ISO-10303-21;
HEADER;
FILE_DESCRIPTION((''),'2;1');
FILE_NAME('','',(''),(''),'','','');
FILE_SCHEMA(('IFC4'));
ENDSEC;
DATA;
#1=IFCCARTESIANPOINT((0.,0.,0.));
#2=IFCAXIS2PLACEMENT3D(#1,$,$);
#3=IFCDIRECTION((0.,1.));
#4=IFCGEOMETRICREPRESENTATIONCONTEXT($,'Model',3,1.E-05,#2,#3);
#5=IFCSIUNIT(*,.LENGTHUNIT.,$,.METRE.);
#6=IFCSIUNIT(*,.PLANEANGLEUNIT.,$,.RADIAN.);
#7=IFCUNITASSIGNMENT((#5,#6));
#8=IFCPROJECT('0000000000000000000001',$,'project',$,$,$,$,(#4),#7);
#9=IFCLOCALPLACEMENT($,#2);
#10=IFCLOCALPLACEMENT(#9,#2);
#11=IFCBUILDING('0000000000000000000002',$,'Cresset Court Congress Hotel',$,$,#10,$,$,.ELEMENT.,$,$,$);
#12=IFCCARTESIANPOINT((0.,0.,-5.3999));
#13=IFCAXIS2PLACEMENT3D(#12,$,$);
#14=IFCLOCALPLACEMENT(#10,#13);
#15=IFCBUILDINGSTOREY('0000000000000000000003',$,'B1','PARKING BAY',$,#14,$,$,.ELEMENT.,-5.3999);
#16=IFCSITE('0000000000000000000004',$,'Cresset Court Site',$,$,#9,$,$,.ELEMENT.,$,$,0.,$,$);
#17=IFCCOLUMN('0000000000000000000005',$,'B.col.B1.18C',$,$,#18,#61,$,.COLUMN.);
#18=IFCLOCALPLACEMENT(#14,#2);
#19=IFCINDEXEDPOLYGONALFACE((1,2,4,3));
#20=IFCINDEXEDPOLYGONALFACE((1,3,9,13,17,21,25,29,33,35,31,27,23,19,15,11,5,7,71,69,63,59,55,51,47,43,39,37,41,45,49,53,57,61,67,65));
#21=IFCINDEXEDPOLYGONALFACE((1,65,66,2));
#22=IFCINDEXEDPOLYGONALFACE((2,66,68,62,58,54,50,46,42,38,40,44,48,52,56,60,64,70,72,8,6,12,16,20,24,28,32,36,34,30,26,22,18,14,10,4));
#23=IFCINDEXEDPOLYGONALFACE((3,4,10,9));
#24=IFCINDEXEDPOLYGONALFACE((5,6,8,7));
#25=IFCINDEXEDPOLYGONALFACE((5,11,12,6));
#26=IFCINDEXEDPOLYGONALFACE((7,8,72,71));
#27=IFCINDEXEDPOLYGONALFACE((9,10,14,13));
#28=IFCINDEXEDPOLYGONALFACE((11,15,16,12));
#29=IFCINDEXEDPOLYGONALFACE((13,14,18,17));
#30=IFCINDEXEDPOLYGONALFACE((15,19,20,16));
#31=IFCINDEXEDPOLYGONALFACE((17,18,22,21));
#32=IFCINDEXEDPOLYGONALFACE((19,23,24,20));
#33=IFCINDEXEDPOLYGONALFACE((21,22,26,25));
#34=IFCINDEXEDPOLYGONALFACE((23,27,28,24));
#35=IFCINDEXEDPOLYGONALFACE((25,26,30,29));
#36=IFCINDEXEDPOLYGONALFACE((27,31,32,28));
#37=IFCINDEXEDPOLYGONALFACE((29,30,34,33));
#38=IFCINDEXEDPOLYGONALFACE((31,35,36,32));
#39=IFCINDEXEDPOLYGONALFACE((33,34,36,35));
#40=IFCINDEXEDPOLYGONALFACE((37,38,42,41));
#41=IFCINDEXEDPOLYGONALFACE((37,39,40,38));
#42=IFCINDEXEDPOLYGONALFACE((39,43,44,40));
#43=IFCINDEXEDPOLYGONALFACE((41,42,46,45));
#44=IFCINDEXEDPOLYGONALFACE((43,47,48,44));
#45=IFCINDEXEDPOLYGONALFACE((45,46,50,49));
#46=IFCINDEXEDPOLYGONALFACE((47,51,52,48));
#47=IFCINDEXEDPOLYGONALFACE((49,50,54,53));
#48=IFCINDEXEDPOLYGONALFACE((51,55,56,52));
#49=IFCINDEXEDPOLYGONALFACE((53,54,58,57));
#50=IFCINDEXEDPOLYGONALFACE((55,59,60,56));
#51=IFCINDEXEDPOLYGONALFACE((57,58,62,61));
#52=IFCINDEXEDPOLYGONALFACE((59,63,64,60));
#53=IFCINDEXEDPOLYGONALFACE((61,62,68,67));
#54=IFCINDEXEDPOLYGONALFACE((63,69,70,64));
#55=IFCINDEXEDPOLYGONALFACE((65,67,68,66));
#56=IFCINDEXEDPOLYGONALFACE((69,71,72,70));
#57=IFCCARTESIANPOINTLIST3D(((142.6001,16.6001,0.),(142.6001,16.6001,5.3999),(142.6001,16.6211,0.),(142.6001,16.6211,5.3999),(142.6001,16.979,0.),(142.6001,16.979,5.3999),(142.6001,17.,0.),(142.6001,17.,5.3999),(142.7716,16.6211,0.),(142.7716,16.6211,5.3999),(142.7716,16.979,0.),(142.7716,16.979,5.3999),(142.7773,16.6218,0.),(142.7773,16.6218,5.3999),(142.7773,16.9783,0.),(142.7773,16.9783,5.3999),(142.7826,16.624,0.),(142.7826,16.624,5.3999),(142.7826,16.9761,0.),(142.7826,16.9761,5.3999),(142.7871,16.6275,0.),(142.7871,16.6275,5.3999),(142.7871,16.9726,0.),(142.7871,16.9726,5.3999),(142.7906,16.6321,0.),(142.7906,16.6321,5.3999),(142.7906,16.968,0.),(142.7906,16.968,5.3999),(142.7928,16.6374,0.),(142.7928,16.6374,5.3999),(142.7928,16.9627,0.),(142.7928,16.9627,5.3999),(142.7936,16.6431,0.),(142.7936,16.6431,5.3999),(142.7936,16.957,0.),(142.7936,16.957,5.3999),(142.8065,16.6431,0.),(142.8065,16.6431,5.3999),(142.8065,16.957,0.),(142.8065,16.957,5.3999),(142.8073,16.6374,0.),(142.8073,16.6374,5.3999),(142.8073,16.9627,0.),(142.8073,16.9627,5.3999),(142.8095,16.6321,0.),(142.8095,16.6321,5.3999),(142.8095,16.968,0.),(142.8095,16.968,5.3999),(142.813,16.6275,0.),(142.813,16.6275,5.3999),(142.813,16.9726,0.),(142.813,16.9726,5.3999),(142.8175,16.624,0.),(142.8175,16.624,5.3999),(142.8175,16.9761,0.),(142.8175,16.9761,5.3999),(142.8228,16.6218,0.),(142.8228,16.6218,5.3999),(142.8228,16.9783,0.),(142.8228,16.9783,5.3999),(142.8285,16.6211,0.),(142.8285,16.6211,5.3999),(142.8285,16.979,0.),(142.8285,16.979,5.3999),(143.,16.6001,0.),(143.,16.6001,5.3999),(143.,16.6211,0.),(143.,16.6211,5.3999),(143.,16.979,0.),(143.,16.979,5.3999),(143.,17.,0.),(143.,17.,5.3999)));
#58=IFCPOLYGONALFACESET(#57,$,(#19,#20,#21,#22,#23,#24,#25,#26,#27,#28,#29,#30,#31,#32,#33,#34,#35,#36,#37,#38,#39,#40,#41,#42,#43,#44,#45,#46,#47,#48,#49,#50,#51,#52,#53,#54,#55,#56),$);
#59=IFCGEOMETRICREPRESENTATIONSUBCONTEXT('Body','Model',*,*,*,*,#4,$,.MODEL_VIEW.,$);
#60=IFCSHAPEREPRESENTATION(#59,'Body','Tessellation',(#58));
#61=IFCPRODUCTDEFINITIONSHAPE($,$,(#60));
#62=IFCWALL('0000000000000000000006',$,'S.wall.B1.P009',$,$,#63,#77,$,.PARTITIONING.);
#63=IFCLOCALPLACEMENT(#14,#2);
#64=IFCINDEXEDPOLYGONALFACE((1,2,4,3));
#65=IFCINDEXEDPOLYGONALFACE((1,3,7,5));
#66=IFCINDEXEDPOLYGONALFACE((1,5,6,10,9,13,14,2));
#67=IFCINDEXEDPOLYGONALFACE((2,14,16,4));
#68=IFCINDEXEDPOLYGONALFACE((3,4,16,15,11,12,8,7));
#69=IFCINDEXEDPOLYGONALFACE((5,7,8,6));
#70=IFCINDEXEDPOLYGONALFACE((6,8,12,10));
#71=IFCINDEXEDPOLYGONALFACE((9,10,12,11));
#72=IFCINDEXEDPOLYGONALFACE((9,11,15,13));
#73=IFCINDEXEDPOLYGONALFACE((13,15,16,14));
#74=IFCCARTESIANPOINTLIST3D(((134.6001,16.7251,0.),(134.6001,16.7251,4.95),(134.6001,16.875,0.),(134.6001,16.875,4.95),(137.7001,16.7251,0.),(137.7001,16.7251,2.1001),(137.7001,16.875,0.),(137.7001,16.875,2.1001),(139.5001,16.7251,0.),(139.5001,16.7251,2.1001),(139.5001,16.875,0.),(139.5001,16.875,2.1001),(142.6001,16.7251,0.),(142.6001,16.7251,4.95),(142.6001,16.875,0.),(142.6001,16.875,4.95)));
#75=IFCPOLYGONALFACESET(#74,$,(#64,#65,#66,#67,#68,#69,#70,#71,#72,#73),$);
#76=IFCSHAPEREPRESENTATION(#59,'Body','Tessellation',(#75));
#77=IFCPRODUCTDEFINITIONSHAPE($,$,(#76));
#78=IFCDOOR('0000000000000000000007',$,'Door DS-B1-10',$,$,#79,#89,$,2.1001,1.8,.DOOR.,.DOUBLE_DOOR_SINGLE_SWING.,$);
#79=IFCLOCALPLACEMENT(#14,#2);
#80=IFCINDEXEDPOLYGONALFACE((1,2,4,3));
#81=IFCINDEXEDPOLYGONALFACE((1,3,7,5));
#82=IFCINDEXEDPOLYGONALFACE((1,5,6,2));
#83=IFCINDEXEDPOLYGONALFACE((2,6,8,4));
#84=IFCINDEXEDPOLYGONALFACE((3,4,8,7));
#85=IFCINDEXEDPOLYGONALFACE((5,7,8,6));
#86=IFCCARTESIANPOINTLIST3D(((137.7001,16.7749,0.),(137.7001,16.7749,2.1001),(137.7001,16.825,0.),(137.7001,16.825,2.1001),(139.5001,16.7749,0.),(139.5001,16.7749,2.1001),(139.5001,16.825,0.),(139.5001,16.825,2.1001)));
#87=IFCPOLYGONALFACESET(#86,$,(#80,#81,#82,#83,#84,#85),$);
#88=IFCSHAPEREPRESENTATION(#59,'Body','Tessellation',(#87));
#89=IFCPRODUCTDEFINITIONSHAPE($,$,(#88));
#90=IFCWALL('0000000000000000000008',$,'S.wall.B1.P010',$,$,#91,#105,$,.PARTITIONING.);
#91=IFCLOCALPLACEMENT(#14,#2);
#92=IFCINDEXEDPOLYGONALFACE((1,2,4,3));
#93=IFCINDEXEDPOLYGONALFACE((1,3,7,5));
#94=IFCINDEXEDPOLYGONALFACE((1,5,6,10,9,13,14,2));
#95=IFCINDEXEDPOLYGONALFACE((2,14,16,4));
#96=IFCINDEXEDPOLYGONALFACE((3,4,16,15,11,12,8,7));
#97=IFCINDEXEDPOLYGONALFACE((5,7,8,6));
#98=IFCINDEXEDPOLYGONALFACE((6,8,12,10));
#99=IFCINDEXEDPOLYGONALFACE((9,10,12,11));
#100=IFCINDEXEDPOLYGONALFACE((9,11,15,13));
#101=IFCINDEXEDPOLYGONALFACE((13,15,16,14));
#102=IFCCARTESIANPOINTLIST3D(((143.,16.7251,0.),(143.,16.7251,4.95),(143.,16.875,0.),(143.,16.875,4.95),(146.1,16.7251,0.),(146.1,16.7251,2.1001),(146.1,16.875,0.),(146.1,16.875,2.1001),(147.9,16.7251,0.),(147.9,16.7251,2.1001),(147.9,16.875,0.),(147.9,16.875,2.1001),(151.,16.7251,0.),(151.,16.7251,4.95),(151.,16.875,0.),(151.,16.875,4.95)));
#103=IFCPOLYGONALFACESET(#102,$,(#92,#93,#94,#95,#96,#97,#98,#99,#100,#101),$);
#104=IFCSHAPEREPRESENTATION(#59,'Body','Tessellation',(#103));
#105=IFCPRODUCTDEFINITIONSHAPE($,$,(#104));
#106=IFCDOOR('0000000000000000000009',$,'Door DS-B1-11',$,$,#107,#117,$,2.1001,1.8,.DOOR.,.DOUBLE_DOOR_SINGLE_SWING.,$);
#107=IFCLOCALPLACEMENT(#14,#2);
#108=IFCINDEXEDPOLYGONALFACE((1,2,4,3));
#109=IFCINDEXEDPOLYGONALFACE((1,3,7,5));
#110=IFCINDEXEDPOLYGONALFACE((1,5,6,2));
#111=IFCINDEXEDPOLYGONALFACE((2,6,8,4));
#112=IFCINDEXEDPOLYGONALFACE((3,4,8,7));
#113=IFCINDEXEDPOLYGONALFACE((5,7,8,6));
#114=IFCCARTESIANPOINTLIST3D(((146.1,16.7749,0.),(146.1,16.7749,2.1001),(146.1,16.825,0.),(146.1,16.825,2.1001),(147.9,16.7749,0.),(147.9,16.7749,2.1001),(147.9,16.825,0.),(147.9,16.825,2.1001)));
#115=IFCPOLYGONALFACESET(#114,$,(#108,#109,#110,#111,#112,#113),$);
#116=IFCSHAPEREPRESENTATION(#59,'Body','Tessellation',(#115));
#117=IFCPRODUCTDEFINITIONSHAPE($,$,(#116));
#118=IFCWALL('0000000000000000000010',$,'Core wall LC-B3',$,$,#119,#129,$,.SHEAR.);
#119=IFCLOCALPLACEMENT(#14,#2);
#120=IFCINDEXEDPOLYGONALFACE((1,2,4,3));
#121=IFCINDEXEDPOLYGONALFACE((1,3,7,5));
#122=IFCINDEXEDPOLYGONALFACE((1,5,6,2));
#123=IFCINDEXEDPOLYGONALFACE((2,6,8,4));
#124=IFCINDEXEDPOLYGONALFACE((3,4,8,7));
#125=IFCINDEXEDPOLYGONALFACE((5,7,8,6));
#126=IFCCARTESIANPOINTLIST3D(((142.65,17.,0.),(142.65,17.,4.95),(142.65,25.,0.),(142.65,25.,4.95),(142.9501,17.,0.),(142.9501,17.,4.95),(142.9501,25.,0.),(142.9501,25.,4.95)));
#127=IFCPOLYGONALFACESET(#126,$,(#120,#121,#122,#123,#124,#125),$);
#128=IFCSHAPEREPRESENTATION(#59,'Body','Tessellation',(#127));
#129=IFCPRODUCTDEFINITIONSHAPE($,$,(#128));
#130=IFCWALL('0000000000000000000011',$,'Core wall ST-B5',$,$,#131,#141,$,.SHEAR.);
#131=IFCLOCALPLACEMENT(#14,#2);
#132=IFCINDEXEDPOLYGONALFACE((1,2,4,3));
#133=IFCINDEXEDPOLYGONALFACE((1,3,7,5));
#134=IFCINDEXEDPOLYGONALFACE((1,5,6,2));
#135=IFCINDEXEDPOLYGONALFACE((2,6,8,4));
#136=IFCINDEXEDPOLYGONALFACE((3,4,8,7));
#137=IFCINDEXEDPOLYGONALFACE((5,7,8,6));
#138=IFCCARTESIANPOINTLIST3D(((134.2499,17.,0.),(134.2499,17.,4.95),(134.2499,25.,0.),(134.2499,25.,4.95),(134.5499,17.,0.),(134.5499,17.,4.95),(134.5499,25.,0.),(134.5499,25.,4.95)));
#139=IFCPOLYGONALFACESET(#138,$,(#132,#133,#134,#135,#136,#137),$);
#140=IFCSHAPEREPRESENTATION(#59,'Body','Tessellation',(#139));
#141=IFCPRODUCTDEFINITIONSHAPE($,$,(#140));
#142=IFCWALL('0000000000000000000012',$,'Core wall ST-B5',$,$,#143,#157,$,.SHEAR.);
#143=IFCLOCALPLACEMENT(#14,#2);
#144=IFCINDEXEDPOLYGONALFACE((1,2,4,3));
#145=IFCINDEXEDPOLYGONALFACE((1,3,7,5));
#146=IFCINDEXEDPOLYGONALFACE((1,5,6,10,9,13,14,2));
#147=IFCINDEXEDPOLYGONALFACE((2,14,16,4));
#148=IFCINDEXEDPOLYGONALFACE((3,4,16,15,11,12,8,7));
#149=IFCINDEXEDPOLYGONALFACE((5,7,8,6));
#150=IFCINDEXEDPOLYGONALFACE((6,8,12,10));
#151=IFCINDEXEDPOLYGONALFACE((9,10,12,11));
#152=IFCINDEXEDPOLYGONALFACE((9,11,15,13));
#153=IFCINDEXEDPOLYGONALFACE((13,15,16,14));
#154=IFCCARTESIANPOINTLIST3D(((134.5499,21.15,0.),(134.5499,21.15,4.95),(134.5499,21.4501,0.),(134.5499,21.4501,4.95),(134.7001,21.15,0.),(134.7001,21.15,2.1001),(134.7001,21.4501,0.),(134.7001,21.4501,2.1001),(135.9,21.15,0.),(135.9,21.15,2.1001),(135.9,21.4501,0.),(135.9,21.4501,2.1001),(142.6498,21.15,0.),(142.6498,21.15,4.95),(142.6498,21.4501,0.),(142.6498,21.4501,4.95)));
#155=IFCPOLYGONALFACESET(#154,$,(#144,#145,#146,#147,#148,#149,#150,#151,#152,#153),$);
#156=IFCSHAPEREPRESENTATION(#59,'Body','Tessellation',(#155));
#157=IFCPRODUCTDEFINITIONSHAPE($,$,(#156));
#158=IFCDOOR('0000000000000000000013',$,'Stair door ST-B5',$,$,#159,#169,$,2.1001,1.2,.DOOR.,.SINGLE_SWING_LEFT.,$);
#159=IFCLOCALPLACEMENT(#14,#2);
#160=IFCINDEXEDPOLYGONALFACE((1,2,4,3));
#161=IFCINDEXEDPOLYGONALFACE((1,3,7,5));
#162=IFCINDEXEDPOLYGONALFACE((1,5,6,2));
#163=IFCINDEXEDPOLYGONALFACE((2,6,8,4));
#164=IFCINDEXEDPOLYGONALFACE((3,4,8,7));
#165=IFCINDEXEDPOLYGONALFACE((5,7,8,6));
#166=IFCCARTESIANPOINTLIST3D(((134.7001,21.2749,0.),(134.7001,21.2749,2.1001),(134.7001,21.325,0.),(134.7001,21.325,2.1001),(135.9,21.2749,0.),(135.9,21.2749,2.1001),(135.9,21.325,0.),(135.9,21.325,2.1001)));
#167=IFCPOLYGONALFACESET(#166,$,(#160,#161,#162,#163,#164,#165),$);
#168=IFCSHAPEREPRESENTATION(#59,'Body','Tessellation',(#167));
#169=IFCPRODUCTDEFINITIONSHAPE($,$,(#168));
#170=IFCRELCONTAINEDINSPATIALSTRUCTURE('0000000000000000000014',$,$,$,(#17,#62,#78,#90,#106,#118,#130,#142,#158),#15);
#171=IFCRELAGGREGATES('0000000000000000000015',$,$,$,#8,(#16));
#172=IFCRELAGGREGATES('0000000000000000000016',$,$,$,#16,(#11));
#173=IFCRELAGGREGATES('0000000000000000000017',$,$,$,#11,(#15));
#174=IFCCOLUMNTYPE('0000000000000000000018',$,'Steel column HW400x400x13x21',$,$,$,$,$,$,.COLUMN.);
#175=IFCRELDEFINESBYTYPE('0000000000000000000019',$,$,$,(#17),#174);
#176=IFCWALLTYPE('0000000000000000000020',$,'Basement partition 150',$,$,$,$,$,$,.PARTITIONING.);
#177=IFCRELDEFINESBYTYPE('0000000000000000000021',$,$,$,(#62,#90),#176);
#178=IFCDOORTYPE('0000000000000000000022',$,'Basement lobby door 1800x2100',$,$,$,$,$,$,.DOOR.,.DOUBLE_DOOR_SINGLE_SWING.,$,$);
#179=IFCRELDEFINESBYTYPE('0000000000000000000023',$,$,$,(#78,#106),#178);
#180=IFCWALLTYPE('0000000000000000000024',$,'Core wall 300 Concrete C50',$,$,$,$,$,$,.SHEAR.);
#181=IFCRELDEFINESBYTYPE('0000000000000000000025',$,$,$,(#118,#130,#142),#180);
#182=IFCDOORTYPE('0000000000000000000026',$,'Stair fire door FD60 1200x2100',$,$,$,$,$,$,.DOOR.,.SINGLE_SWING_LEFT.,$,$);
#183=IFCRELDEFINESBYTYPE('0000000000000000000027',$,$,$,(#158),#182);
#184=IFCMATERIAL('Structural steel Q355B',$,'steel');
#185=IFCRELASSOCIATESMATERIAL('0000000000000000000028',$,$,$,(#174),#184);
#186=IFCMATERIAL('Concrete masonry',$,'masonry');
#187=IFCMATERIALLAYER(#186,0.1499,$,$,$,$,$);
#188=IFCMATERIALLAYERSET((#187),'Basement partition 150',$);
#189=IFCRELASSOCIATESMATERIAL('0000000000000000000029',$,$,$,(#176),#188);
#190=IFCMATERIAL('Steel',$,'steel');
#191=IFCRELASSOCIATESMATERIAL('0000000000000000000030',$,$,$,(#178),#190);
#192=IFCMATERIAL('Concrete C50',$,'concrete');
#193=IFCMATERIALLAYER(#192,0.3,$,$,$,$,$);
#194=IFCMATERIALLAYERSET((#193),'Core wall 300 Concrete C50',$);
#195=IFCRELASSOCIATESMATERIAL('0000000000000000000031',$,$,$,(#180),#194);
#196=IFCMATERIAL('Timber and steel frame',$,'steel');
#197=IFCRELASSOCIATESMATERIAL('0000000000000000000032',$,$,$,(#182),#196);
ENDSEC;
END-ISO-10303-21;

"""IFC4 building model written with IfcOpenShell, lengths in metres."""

from ifc_helpers import new_model, si_unit, direction, frame, frame_2d, origin, origin_2d, place, context, subcontext, project, spatial, rectangle, i_section, extrude, material, layer, layer_set, material_profile, profile_set, type_object, element, fill, save


model = new_model("IFC4")

# Units and contexts
model_context = context("Model", 3, precision=1e-05, world=origin(), true_north=direction((0.0, 1.0)))
body_context = subcontext(model_context, "Body", "Model", "MODEL_VIEW")
ifc_project = project(units=[si_unit("LENGTHUNIT", "METRE"), si_unit("PLANEANGLEUNIT", "RADIAN")], contexts=[model_context])

# Site, building, storey
site_placement = place(None, origin())
site = spatial("IfcSite", under=ifc_project, at=site_placement, Name="Cresset Court Site", CompositionType="ELEMENT", RefElevation=0.0)
building_placement = place(site_placement, origin())
building = spatial("IfcBuilding", under=site, at=building_placement, Name="Cresset Court Congress Hotel", CompositionType="ELEMENT")
storey_placement = place(building_placement, frame((0.0, 0.0, -5.3999)))
storey = spatial("IfcBuildingStorey", under=building, at=storey_placement, Name="B1", Description="PARKING BAY", CompositionType="ELEMENT", Elevation=-5.3999)

# Column
ifc_material_1 = material(Name="Structural steel Q355B", Category="steel")
ifc_material_profile = material_profile(ifc_material_1, i_section(OverallWidth=0.3999, OverallDepth=0.3999, WebThickness=0.0129, FlangeThickness=0.021, FilletRadius=0.022, at=origin_2d()), Name="HW400x400x13x21")
ifc_profile_set = profile_set([ifc_material_profile], Name="Structural steel Q355B")
column_type = type_object("IfcColumnType", Name="Steel column HW400x400x13x21", PredefinedType="COLUMN", material=ifc_profile_set)
for number, where, z_axis, x_axis, name in (
    (1, (142.8, 16.8, 0.0), (0.0, 0.0, 1.0), (1.0, 0.0, 0.0), "B.col.B1.18C"),
):
    element("IfcColumn", number, at=place(storey_placement, frame(where, z_axis=z_axis, x_axis=x_axis)), inside=storey, type_object=column_type, Name=name, PredefinedType="COLUMN", context=body_context, shape_type="SweptSolid", body=[
        extrude(i_section(OverallWidth=0.3999, OverallDepth=0.3999, WebThickness=0.0129, FlangeThickness=0.021, FilletRadius=0.022, at=origin_2d()), origin(), (0.0, 0.0, 1.0), 5.3999),
    ])

# Walls, openings, doors
ifc_material_2 = material(Name="Concrete masonry", Category="masonry")
ifc_layer_1 = layer(ifc_material_2, 0.1499)
ifc_layer_set_1 = layer_set([ifc_layer_1], Name="Basement partition 150")
wall_type_1 = type_object("IfcWallType", Name="Basement partition 150", PredefinedType="PARTITIONING", material=ifc_layer_set_1)
wall_1_placement = place(storey_placement, frame((134.6001, 16.8, 0.0), z_axis=(0.0, 0.0, 1.0), x_axis=(1.0, 0.0, 0.0)))
wall_1 = element("IfcWall", 2, at=wall_1_placement, inside=storey, type_object=wall_type_1, Name="S.wall.B1.P009", PredefinedType="PARTITIONING", context=body_context, shape_type="SweptSolid", body=[
    extrude(rectangle(XDim=8.0, YDim=0.1499, at=frame_2d((4.0, 0.0))), origin(), (0.0, 0.0, 1.0), 4.95),
])
opening_1_placement = place(wall_1_placement, frame((3.1001, 0.0, 0.0)))
opening_1 = element("IfcOpeningElement", 3, at=opening_1_placement, cuts=wall_1, PredefinedType="OPENING", context=body_context, shape_type="SweptSolid", body=[
    extrude(rectangle(XDim=1.8, YDim=2.1001, at=frame_2d((0.8999, 1.05))), frame((0.0, 0.085, 0.0), z_axis=(0.0, -1.0, 0.0), x_axis=(1.0, 0.0, 0.0)), (0.0, 0.0, 1.0), 0.1699),
])
ifc_material_3 = material(Name="Steel", Category="steel")
door_type_1 = type_object("IfcDoorType", Name="Basement lobby door 1800x2100", OperationType="DOUBLE_DOOR_SINGLE_SWING", PredefinedType="DOOR", material=ifc_material_3)
door_1_placement = place(opening_1_placement, origin())
door_1 = element("IfcDoor", 4, at=door_1_placement, inside=storey, type_object=door_type_1, Name="Door DS-B1-10", OperationType="DOUBLE_DOOR_SINGLE_SWING", OverallHeight=2.1001, OverallWidth=1.8, PredefinedType="DOOR", context=body_context, shape_type="SweptSolid", body=[
    extrude(rectangle(XDim=1.8, YDim=2.1001, at=frame_2d((0.8999, 1.05))), frame((0.0, 0.0249, 0.0), z_axis=(0.0, -1.0, 0.0), x_axis=(1.0, 0.0, 0.0)), (0.0, 0.0, 1.0), 0.05),
])
fill(opening_1, door_1)
wall_2_placement = place(storey_placement, frame((143.0, 16.8, 0.0), z_axis=(0.0, 0.0, 1.0), x_axis=(1.0, 0.0, 0.0)))
wall_2 = element("IfcWall", 5, at=wall_2_placement, inside=storey, type_object=wall_type_1, Name="S.wall.B1.P010", PredefinedType="PARTITIONING", context=body_context, shape_type="SweptSolid", body=[
    extrude(rectangle(XDim=8.0, YDim=0.1499, at=frame_2d((4.0, 0.0))), origin(), (0.0, 0.0, 1.0), 4.95),
])
opening_2_placement = place(wall_2_placement, frame((3.1001, 0.0, 0.0)))
opening_2 = element("IfcOpeningElement", 6, at=opening_2_placement, cuts=wall_2, PredefinedType="OPENING", context=body_context, shape_type="SweptSolid", body=[
    extrude(rectangle(XDim=1.8, YDim=2.1001, at=frame_2d((0.8999, 1.05))), frame((0.0, 0.085, 0.0), z_axis=(0.0, -1.0, 0.0), x_axis=(1.0, 0.0, 0.0)), (0.0, 0.0, 1.0), 0.1699),
])
door_2_placement = place(opening_2_placement, origin())
door_2 = element("IfcDoor", 7, at=door_2_placement, inside=storey, type_object=door_type_1, Name="Door DS-B1-11", OperationType="DOUBLE_DOOR_SINGLE_SWING", OverallHeight=2.1001, OverallWidth=1.8, PredefinedType="DOOR", context=body_context, shape_type="SweptSolid", body=[
    extrude(rectangle(XDim=1.8, YDim=2.1001, at=frame_2d((0.8999, 1.05))), frame((0.0, 0.0249, 0.0), z_axis=(0.0, -1.0, 0.0), x_axis=(1.0, 0.0, 0.0)), (0.0, 0.0, 1.0), 0.05),
])
fill(opening_2, door_2)

# Walls
ifc_material_4 = material(Name="Concrete C50", Category="concrete")
ifc_layer_2 = layer(ifc_material_4, 0.3)
ifc_layer_set_2 = layer_set([ifc_layer_2], Name="Core wall 300 Concrete C50")
wall_type_2 = type_object("IfcWallType", Name="Core wall 300 Concrete C50", PredefinedType="SHEAR", material=ifc_layer_set_2)
for number, where, z_axis, x_axis, name in (
    (8, (142.8, 17.0, 0.0), (0.0, 0.0, 1.0), (0.0, 1.0, 0.0), "Core wall LC-B3"),
    (9, (134.3999, 17.0, 0.0), (0.0, 0.0, 1.0), (0.0, 1.0, 0.0), "Core wall ST-B5"),
):
    element("IfcWall", number, at=place(storey_placement, frame(where, z_axis=z_axis, x_axis=x_axis)), inside=storey, type_object=wall_type_2, Name=name, PredefinedType="SHEAR", context=body_context, shape_type="SweptSolid", body=[
        extrude(rectangle(XDim=8.0, YDim=0.3, at=frame_2d((4.0, 0.0))), origin(), (0.0, 0.0, 1.0), 4.95),
    ])

# Wall, opening, door
wall_3_placement = place(storey_placement, frame((134.55, 21.3, 0.0), z_axis=(0.0, 0.0, 1.0), x_axis=(1.0, 0.0, 0.0)))
wall_3 = element("IfcWall", 10, at=wall_3_placement, inside=storey, type_object=wall_type_2, Name="Core wall ST-B5", PredefinedType="SHEAR", context=body_context, shape_type="SweptSolid", body=[
    extrude(rectangle(XDim=8.0999, YDim=0.3, at=frame_2d((4.0498, 0.0))), origin(), (0.0, 0.0, 1.0), 4.95),
])
opening_3_placement = place(wall_3_placement, frame((0.1499, 0.0, 0.0)))
opening_3 = element("IfcOpeningElement", 11, at=opening_3_placement, cuts=wall_3, PredefinedType="OPENING", context=body_context, shape_type="SweptSolid", body=[
    extrude(rectangle(XDim=1.2, YDim=2.1001, at=frame_2d((0.6001, 1.05))), frame((0.0, 0.1599, 0.0), z_axis=(0.0, -1.0, 0.0), x_axis=(1.0, 0.0, 0.0)), (0.0, 0.0, 1.0), 0.3201),
])
ifc_material_5 = material(Name="Timber and steel frame", Category="steel")
door_type_2 = type_object("IfcDoorType", Name="Stair fire door FD60 1200x2100", OperationType="SINGLE_SWING_LEFT", PredefinedType="DOOR", material=ifc_material_5)
door_3_placement = place(opening_3_placement, origin())
door_3 = element("IfcDoor", 12, at=door_3_placement, inside=storey, type_object=door_type_2, Name="Stair door ST-B5", OperationType="SINGLE_SWING_LEFT", OverallHeight=2.1001, OverallWidth=1.2, PredefinedType="DOOR", context=body_context, shape_type="SweptSolid", body=[
    extrude(rectangle(XDim=1.2, YDim=2.1001, at=frame_2d((0.6001, 1.05))), frame((0.0, 0.0249, 0.0), z_axis=(0.0, -1.0, 0.0), x_axis=(1.0, 0.0, 0.0)), (0.0, 0.0, 1.0), 0.05),
])
fill(opening_3, door_3)

save(model, "model.ifc")
